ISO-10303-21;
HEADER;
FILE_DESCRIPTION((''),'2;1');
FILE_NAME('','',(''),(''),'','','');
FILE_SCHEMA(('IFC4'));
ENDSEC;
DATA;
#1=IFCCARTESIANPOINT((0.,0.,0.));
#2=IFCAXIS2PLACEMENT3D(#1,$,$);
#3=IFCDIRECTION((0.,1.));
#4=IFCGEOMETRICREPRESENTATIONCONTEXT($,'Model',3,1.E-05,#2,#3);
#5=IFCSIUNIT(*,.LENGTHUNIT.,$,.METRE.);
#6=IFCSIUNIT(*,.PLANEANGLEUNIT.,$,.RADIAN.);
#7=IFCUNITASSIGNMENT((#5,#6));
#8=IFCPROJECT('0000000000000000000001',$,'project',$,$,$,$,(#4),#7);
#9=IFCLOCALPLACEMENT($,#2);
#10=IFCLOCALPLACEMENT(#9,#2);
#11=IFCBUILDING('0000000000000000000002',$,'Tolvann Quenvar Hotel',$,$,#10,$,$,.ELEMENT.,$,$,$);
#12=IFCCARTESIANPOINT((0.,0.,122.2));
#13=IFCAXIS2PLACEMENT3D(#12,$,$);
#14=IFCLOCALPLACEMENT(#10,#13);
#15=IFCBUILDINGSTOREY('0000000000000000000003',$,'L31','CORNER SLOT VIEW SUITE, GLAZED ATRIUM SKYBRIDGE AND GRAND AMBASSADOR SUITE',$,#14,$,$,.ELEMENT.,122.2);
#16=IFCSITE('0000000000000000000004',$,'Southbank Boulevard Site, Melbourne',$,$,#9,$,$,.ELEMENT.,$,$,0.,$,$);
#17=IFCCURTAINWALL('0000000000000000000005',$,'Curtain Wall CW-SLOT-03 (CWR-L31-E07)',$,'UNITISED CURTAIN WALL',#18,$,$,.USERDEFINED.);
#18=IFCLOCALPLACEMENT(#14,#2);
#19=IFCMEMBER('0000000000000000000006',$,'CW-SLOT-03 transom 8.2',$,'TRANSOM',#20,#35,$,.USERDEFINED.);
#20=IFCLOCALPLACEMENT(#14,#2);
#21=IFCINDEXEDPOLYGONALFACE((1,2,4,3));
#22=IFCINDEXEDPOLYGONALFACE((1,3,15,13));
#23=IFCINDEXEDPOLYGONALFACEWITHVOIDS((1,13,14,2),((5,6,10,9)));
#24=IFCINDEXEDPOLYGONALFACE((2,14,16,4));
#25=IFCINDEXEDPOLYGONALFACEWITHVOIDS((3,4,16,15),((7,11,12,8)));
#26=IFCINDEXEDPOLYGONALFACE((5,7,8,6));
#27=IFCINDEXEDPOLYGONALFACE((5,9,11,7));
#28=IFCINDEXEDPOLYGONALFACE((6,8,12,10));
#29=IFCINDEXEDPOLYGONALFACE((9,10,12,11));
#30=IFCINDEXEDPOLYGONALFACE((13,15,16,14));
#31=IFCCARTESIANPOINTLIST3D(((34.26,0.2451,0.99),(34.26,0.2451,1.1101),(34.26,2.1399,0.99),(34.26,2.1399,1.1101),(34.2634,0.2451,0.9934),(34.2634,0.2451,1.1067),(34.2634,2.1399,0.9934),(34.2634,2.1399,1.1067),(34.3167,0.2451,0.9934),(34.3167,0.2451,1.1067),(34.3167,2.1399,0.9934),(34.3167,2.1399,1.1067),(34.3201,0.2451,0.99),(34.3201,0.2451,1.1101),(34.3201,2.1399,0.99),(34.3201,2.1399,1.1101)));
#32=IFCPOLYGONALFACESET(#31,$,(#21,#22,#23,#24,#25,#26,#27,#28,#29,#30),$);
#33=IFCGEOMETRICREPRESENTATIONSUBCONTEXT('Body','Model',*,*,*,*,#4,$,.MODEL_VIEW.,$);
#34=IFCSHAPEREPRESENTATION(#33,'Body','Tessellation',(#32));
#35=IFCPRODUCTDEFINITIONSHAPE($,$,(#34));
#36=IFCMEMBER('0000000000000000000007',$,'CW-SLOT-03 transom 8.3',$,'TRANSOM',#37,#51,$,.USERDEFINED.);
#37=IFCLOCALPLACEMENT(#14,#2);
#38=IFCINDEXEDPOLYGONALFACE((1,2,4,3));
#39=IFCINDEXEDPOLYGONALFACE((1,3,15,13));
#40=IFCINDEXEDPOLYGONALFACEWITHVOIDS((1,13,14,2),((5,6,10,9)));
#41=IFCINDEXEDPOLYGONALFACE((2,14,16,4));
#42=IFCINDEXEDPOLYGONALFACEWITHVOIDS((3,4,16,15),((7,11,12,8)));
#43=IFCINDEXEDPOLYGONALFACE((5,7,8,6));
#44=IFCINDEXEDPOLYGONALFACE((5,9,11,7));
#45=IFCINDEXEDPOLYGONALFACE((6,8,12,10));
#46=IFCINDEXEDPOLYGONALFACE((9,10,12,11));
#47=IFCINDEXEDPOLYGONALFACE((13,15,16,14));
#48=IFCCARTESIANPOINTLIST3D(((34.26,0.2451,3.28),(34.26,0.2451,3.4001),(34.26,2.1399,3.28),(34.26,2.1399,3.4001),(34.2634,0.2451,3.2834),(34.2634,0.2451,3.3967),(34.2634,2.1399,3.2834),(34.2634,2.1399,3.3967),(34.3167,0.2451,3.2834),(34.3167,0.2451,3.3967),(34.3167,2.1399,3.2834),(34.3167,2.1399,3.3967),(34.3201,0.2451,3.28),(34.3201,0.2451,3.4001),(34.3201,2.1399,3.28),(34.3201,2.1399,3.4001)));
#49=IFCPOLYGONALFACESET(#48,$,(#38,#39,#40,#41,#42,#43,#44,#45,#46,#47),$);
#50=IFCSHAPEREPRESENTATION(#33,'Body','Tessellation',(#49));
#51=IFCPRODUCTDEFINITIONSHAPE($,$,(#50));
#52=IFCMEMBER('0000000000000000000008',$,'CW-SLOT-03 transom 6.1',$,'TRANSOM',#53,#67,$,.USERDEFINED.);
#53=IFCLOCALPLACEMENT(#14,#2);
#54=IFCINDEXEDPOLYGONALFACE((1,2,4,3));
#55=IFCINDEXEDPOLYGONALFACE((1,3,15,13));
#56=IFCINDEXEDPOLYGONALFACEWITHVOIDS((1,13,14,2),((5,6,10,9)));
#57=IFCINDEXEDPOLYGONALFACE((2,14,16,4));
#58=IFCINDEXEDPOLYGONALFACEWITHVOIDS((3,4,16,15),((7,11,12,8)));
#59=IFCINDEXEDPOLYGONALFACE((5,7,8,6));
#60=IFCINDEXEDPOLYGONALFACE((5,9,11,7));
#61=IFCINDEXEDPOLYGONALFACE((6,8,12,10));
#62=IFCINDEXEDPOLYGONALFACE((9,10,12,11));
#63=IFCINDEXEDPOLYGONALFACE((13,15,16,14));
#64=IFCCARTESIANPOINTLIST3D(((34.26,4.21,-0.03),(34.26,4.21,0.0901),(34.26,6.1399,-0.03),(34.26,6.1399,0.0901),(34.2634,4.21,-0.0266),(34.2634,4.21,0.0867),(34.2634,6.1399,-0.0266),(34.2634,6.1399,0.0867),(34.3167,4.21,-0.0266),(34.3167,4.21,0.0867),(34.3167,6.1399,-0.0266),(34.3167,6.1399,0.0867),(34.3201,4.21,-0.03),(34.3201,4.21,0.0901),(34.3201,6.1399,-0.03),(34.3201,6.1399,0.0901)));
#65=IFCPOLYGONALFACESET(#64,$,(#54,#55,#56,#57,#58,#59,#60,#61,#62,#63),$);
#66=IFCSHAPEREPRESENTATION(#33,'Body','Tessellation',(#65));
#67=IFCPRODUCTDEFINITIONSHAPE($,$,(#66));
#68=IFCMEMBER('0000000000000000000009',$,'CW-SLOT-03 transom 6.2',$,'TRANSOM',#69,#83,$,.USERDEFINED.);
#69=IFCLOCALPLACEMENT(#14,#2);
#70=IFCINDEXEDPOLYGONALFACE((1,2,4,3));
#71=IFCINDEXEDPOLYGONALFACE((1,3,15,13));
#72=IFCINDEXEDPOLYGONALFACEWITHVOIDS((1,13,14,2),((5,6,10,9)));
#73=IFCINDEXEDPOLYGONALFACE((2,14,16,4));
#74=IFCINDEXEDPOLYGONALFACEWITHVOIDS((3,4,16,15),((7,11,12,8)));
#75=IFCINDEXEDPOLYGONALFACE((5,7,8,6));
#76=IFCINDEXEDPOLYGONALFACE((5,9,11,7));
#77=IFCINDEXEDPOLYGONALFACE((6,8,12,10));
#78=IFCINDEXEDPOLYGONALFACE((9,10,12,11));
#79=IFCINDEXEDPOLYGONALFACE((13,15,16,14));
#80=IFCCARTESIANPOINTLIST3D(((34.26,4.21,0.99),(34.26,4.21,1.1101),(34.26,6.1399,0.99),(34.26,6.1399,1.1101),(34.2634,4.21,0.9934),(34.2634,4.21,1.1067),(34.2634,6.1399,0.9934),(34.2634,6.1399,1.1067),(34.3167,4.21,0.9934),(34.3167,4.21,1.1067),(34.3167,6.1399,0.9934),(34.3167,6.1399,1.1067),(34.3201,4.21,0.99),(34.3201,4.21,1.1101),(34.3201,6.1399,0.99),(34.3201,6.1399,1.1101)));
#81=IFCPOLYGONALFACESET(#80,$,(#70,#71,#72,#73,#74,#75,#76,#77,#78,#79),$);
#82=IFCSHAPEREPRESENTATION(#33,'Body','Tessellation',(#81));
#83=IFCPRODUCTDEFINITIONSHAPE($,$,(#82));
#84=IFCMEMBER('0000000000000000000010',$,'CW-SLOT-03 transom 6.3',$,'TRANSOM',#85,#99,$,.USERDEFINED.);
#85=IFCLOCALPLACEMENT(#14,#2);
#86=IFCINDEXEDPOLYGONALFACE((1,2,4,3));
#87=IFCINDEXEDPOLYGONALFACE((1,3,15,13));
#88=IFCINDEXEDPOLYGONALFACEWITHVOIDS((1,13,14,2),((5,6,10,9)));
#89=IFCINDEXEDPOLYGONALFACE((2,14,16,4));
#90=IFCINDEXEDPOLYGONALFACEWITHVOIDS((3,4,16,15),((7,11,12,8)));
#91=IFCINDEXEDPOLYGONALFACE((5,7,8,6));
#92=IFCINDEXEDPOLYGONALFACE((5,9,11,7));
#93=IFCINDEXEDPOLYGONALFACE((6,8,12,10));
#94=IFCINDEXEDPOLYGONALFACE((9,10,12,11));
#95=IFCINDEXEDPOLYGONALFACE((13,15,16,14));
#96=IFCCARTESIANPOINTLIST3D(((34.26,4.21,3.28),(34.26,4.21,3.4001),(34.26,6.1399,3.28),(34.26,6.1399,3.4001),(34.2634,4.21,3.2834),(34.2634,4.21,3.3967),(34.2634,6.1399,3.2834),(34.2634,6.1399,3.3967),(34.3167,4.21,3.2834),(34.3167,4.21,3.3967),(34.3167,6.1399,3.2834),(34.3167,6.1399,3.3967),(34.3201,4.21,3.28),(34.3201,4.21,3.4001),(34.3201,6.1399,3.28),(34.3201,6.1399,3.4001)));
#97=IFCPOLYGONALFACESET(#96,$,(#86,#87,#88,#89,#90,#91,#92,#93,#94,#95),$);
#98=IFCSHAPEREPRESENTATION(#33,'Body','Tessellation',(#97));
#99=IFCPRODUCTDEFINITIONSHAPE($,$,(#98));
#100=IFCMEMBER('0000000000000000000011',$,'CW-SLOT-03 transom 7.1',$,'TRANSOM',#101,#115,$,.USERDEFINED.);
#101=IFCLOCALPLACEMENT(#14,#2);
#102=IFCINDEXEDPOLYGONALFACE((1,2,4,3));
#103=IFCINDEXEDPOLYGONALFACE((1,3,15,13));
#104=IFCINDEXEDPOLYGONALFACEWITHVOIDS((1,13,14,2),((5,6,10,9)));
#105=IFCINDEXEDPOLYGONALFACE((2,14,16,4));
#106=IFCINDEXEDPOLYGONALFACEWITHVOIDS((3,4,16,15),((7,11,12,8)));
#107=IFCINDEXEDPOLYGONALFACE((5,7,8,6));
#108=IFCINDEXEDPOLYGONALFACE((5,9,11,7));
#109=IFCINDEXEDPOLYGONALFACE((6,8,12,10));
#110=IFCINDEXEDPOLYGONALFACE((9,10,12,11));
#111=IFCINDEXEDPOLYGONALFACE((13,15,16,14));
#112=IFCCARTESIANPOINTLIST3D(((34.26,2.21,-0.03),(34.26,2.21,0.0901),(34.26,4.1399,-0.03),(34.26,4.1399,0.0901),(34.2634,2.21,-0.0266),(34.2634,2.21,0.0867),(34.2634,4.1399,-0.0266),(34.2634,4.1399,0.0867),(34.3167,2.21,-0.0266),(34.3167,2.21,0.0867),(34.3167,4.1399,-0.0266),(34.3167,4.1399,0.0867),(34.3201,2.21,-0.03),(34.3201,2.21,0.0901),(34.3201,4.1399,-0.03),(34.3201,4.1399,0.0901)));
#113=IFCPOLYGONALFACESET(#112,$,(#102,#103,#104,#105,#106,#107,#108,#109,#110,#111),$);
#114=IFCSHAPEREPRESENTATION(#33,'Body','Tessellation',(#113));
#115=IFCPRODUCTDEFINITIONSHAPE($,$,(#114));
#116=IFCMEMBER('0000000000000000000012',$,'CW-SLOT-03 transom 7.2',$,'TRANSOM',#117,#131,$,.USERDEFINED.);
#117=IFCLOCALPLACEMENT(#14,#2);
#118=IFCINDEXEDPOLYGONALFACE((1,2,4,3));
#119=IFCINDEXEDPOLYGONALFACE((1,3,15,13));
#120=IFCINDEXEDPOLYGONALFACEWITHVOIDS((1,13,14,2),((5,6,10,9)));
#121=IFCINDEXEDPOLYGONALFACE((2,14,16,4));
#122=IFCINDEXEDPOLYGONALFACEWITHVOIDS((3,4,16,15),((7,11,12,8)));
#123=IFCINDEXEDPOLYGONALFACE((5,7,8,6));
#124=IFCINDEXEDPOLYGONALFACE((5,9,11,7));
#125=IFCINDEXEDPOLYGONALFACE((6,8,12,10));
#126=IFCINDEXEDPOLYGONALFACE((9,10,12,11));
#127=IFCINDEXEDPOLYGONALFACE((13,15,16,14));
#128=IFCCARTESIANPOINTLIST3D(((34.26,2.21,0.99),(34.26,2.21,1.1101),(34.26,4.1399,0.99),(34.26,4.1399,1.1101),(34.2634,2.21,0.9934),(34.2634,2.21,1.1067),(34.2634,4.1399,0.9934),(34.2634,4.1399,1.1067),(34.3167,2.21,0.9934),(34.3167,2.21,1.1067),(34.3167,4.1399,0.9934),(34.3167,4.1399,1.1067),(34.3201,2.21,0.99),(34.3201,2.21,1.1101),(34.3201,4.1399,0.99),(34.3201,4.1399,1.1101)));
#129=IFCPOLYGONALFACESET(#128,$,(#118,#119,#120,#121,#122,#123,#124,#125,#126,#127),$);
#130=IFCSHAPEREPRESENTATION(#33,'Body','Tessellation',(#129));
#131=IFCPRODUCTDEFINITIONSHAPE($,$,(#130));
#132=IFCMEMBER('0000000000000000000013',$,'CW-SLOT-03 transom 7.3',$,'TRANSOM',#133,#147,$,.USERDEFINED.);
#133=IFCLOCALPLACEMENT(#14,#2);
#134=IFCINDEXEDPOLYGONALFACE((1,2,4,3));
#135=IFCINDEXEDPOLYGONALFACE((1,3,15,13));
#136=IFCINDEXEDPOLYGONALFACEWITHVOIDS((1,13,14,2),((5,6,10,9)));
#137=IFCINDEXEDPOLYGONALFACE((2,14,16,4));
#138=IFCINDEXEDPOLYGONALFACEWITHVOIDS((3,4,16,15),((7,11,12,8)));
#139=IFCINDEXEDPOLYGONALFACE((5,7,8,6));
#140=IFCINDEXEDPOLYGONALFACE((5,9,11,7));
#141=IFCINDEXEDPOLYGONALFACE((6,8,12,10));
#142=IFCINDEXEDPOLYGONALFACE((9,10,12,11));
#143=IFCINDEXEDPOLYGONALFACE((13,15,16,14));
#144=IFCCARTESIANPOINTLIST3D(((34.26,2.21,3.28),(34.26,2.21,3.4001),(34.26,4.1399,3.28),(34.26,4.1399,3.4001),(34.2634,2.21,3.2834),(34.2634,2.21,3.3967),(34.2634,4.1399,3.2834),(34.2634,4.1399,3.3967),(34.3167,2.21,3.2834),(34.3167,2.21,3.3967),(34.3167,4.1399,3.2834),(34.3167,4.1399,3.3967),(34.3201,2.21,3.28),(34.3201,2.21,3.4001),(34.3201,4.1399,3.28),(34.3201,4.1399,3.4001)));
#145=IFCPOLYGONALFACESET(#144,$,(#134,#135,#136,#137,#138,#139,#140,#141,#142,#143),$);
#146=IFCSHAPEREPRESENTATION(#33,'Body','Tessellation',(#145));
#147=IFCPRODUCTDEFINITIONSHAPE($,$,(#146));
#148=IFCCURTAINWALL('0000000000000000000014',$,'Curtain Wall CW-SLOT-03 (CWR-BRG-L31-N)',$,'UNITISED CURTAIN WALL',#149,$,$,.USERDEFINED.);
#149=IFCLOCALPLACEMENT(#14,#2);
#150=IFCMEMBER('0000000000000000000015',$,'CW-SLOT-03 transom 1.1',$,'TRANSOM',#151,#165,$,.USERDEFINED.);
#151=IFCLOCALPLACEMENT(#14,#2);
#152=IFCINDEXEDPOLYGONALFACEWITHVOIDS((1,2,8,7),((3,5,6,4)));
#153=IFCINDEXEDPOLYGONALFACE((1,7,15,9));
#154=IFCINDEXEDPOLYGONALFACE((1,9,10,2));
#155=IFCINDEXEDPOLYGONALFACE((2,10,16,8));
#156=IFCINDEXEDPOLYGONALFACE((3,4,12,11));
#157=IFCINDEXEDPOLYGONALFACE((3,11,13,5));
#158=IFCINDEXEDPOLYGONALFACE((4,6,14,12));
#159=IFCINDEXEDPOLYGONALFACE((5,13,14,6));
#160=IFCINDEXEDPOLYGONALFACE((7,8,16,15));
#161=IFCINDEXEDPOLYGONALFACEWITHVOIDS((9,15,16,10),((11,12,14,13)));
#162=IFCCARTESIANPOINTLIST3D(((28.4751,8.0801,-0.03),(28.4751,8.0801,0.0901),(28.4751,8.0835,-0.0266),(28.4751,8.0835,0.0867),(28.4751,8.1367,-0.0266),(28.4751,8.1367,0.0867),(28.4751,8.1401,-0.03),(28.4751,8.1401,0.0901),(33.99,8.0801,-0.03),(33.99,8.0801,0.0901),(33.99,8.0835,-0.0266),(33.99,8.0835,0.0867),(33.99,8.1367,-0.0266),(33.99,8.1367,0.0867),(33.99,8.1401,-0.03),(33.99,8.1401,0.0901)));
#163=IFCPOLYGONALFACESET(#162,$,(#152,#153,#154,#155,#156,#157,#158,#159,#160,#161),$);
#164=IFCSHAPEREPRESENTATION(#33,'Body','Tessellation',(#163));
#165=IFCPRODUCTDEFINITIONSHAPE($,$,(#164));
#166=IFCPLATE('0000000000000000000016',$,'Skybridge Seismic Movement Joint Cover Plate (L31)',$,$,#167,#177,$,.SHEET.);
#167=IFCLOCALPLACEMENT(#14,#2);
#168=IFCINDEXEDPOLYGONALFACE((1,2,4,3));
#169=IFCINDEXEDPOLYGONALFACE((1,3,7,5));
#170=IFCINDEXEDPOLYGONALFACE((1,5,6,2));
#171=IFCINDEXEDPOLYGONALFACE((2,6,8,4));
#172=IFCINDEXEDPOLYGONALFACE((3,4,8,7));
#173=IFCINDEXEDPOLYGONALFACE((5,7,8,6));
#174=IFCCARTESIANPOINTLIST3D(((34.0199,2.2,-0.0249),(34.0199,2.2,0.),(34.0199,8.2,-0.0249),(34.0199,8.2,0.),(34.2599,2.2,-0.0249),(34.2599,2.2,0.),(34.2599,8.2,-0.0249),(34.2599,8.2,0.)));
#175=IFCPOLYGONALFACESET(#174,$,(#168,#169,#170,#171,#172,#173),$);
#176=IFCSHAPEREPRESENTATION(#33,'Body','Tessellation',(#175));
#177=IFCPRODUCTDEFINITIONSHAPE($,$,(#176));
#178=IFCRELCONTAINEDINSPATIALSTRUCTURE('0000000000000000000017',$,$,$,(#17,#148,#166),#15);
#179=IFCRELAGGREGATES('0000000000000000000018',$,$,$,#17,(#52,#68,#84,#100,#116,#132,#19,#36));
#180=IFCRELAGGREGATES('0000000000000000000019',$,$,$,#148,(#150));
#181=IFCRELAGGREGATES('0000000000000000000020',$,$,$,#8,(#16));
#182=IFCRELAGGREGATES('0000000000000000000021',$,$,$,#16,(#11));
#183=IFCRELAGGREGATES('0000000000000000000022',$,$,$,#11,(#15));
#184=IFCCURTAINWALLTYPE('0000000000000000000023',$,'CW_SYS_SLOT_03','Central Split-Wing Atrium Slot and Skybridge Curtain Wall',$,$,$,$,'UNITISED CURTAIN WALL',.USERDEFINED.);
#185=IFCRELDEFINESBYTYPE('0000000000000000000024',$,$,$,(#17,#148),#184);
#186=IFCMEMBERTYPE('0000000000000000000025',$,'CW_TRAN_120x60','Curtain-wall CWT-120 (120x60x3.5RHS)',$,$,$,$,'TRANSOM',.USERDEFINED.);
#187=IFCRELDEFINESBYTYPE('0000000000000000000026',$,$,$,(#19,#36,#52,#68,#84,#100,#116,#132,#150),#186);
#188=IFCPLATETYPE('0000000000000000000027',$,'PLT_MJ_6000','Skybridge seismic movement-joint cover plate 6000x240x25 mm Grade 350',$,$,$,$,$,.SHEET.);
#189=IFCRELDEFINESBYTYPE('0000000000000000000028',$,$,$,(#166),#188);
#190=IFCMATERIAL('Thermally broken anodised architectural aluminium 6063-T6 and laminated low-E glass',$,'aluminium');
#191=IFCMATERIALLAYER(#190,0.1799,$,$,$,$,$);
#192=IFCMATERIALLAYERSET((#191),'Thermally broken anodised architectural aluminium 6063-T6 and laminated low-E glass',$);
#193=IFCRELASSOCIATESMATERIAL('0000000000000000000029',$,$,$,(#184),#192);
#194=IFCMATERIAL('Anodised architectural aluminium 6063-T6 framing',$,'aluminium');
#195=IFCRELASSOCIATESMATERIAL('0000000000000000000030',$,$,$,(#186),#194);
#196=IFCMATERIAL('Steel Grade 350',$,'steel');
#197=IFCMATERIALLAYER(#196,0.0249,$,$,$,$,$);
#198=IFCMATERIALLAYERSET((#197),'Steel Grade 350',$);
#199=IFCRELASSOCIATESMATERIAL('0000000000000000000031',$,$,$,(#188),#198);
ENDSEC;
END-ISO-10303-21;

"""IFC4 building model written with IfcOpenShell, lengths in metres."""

from ifc_helpers import new_model, si_unit, direction, frame, origin, origin_2d, place, context, subcontext, project, spatial, rectangle, hollow_rectangle, extrude, source, transform, mapped, material, layer, layer_set, material_profile, profile_set, type_object, type_shapes, element, aggregate, save


model = new_model("IFC4")

# Units and contexts
model_context = context("Model", 3, precision=1e-05, world=origin(), true_north=direction((0.0, 1.0)))
body_context = subcontext(model_context, "Body", "Model", "MODEL_VIEW")
ifc_project = project(units=[si_unit("LENGTHUNIT", "METRE"), si_unit("PLANEANGLEUNIT", "RADIAN")], contexts=[model_context])

# Site, building, storey
site_placement = place(None, origin())
site = spatial("IfcSite", under=ifc_project, at=site_placement, Name="Southbank Boulevard Site, Melbourne", CompositionType="ELEMENT", RefElevation=0.0)
building_placement = place(site_placement, origin())
building = spatial("IfcBuilding", under=site, at=building_placement, Name="Tolvann Quenvar Hotel", CompositionType="ELEMENT")
storey_placement = place(building_placement, frame((0.0, 0.0, 122.2)))
storey = spatial("IfcBuildingStorey", under=building, at=storey_placement, Name="L31", Description="CORNER SLOT VIEW SUITE, GLAZED ATRIUM SKYBRIDGE AND GRAND AMBASSADOR SUITE", CompositionType="ELEMENT", Elevation=122.2)

# Shared definitions
ifc_material_1 = material(Name="Steel Grade 350", Category="steel")

# Curtain wall
ifc_material_2 = material(Name="Thermally broken anodised architectural aluminium 6063-T6 and laminated low-E glass", Category="aluminium")
ifc_layer_1 = layer(ifc_material_2, 0.1799)
ifc_layer_set_1 = layer_set([ifc_layer_1], Name="Thermally broken anodised architectural aluminium 6063-T6 and laminated low-E glass")
curtain_wall_type = type_object("IfcCurtainWallType", Name="CW_SYS_SLOT_03", Description="Central Split-Wing Atrium Slot and Skybridge Curtain Wall", ElementType="UNITISED CURTAIN WALL", PredefinedType="USERDEFINED", material=ifc_layer_set_1)
curtain_wall_1_placement = place(storey_placement, origin())
curtain_wall_1 = element("IfcCurtainWall", 1, at=curtain_wall_1_placement, inside=storey, type_object=curtain_wall_type, Name="Curtain Wall CW-SLOT-03 (CWR-L31-E07)", ObjectType="UNITISED CURTAIN WALL", PredefinedType="USERDEFINED")
ifc_material_3 = material(Name="Anodised architectural aluminium 6063-T6 framing", Category="aluminium")

# Members
ifc_material_profile_1 = material_profile(ifc_material_3, hollow_rectangle(XDim=0.0601, YDim=0.1201, WallThickness=0.0034, at=origin_2d()), Name="120x60x3.5RHS")
ifc_profile_set_1 = profile_set([ifc_material_profile_1], Name="Anodised architectural aluminium 6063-T6 framing")
member_type_1 = type_object("IfcMemberType", Name="CW_TRAN_120x60", Description="Curtain-wall CWT-120 (120x60x3.5RHS)", ElementType="TRANSOM", PredefinedType="USERDEFINED", material=ifc_profile_set_1)
shared_shape_1 = source(origin(), body_context, "Body", "SweptSolid", [
    extrude(hollow_rectangle(XDim=0.0601, YDim=0.1201, WallThickness=0.0034, at=origin_2d()), origin(), (0.0, 0.0, 1.0), 1.8948),
])
member_1_placement = place(storey_placement, frame((34.29, 2.1399, 1.05), z_axis=(0.0, -1.0, 0.0), x_axis=(1.0, 0.0, 0.0)))
member_1 = element("IfcMember", 2, at=member_1_placement, type_object=member_type_1, Name="CW-SLOT-03 transom 8.2", ObjectType="TRANSOM", PredefinedType="USERDEFINED", context=body_context, shape_type="MappedRepresentation", body=[
    mapped(shared_shape_1, transform((0.0, 0.0, 0.0), x_axis=(1.0, 0.0, 0.0), y_axis=(0.0, 1.0, 0.0), z_axis=(0.0, 0.0, 1.0), scale=1.0)),
])
member_2_placement = place(storey_placement, frame((34.29, 2.1399, 3.3401), z_axis=(0.0, -1.0, 0.0), x_axis=(1.0, 0.0, 0.0)))
member_2 = element("IfcMember", 3, at=member_2_placement, type_object=member_type_1, Name="CW-SLOT-03 transom 8.3", ObjectType="TRANSOM", PredefinedType="USERDEFINED", context=body_context, shape_type="MappedRepresentation", body=[
    mapped(shared_shape_1, transform((0.0, 0.0, 0.0), x_axis=(1.0, 0.0, 0.0), y_axis=(0.0, 1.0, 0.0), z_axis=(0.0, 0.0, 1.0), scale=1.0)),
])
shared_shape_2 = source(origin(), body_context, "Body", "SweptSolid", [
    extrude(hollow_rectangle(XDim=0.0601, YDim=0.1201, WallThickness=0.0034, at=origin_2d()), origin(), (0.0, 0.0, 1.0), 1.9299),
])
member_3_placement = place(storey_placement, frame((34.29, 6.1399, 0.03), z_axis=(0.0, -1.0, 0.0), x_axis=(1.0, 0.0, 0.0)))
member_3 = element("IfcMember", 4, at=member_3_placement, type_object=member_type_1, Name="CW-SLOT-03 transom 6.1", ObjectType="TRANSOM", PredefinedType="USERDEFINED", context=body_context, shape_type="MappedRepresentation", body=[
    mapped(shared_shape_2, transform((0.0, 0.0, 0.0), x_axis=(1.0, 0.0, 0.0), y_axis=(0.0, 1.0, 0.0), z_axis=(0.0, 0.0, 1.0), scale=1.0)),
])
member_4_placement = place(storey_placement, frame((34.29, 6.1399, 1.05), z_axis=(0.0, -1.0, 0.0), x_axis=(1.0, 0.0, 0.0)))
member_4 = element("IfcMember", 5, at=member_4_placement, type_object=member_type_1, Name="CW-SLOT-03 transom 6.2", ObjectType="TRANSOM", PredefinedType="USERDEFINED", context=body_context, shape_type="MappedRepresentation", body=[
    mapped(shared_shape_2, transform((0.0, 0.0, 0.0), x_axis=(1.0, 0.0, 0.0), y_axis=(0.0, 1.0, 0.0), z_axis=(0.0, 0.0, 1.0), scale=1.0)),
])
member_5_placement = place(storey_placement, frame((34.29, 6.1399, 3.3401), z_axis=(0.0, -1.0, 0.0), x_axis=(1.0, 0.0, 0.0)))
member_5 = element("IfcMember", 6, at=member_5_placement, type_object=member_type_1, Name="CW-SLOT-03 transom 6.3", ObjectType="TRANSOM", PredefinedType="USERDEFINED", context=body_context, shape_type="MappedRepresentation", body=[
    mapped(shared_shape_2, transform((0.0, 0.0, 0.0), x_axis=(1.0, 0.0, 0.0), y_axis=(0.0, 1.0, 0.0), z_axis=(0.0, 0.0, 1.0), scale=1.0)),
])
member_6_placement = place(storey_placement, frame((34.29, 4.1399, 0.03), z_axis=(0.0, -1.0, 0.0), x_axis=(1.0, 0.0, 0.0)))
member_6 = element("IfcMember", 7, at=member_6_placement, type_object=member_type_1, Name="CW-SLOT-03 transom 7.1", ObjectType="TRANSOM", PredefinedType="USERDEFINED", context=body_context, shape_type="MappedRepresentation", body=[
    mapped(shared_shape_2, transform((0.0, 0.0, 0.0), x_axis=(1.0, 0.0, 0.0), y_axis=(0.0, 1.0, 0.0), z_axis=(0.0, 0.0, 1.0), scale=1.0)),
])
member_7_placement = place(storey_placement, frame((34.29, 4.1399, 1.05), z_axis=(0.0, -1.0, 0.0), x_axis=(1.0, 0.0, 0.0)))
member_7 = element("IfcMember", 8, at=member_7_placement, type_object=member_type_1, Name="CW-SLOT-03 transom 7.2", ObjectType="TRANSOM", PredefinedType="USERDEFINED", context=body_context, shape_type="MappedRepresentation", body=[
    mapped(shared_shape_2, transform((0.0, 0.0, 0.0), x_axis=(1.0, 0.0, 0.0), y_axis=(0.0, 1.0, 0.0), z_axis=(0.0, 0.0, 1.0), scale=1.0)),
])
member_8_placement = place(storey_placement, frame((34.29, 4.1399, 3.3401), z_axis=(0.0, -1.0, 0.0), x_axis=(1.0, 0.0, 0.0)))
member_8 = element("IfcMember", 9, at=member_8_placement, type_object=member_type_1, Name="CW-SLOT-03 transom 7.3", ObjectType="TRANSOM", PredefinedType="USERDEFINED", context=body_context, shape_type="MappedRepresentation", body=[
    mapped(shared_shape_2, transform((0.0, 0.0, 0.0), x_axis=(1.0, 0.0, 0.0), y_axis=(0.0, 1.0, 0.0), z_axis=(0.0, 0.0, 1.0), scale=1.0)),
])

# Curtain wall, member
curtain_wall_2_placement = place(storey_placement, origin())
curtain_wall_2 = element("IfcCurtainWall", 10, at=curtain_wall_2_placement, inside=storey, type_object=curtain_wall_type, Name="Curtain Wall CW-SLOT-03 (CWR-BRG-L31-N)", ObjectType="UNITISED CURTAIN WALL", PredefinedType="USERDEFINED")
shared_shape_3 = source(origin(), body_context, "Body", "SweptSolid", [
    extrude(hollow_rectangle(XDim=0.0601, YDim=0.1201, WallThickness=0.0034, at=origin_2d()), origin(), (0.0, 0.0, 1.0), 5.5149),
])
type_shapes(member_type_1, [shared_shape_1, shared_shape_2, shared_shape_3])
member_9_placement = place(storey_placement, frame((33.99, 8.1101, 0.03), z_axis=(-1.0, 0.0, 0.0), x_axis=(0.0, -1.0, 0.0)))
member_9 = element("IfcMember", 11, at=member_9_placement, type_object=member_type_1, Name="CW-SLOT-03 transom 1.1", ObjectType="TRANSOM", PredefinedType="USERDEFINED", context=body_context, shape_type="MappedRepresentation", body=[
    mapped(shared_shape_3, transform((0.0, 0.0, 0.0), x_axis=(1.0, 0.0, 0.0), y_axis=(0.0, 1.0, 0.0), z_axis=(0.0, 0.0, 1.0), scale=1.0)),
])

# Plate
ifc_layer_2 = layer(ifc_material_1, 0.0249)
ifc_layer_set_2 = layer_set([ifc_layer_2], Name="Steel Grade 350")
plate_type_1 = type_object("IfcPlateType", Name="PLT_MJ_6000", Description="Skybridge seismic movement-joint cover plate 6000x240x25 mm Grade 350", PredefinedType="SHEET", material=ifc_layer_set_2)
shared_shape_4 = source(origin(), body_context, "Body", "SweptSolid", [
    extrude(rectangle(XDim=0.24, YDim=6.0, at=origin_2d()), origin(), (0.0, 0.0, 1.0), 0.0249),
])
type_shapes(plate_type_1, [shared_shape_4])
plate_1_placement = place(storey_placement, frame((34.1399, 5.2, -0.0249), z_axis=(0.0, 0.0, 1.0), x_axis=(1.0, 0.0, 0.0)))
element("IfcPlate", 12, at=plate_1_placement, inside=storey, type_object=plate_type_1, Name="Skybridge Seismic Movement Joint Cover Plate (L31)", PredefinedType="SHEET", context=body_context, shape_type="MappedRepresentation", body=[
    mapped(shared_shape_4, transform((0.0, 0.0, 0.0), x_axis=(1.0, 0.0, 0.0), y_axis=(0.0, 1.0, 0.0), z_axis=(0.0, 0.0, 1.0), scale=1.0)),
])

aggregate(curtain_wall_1, [member_3, member_4, member_5, member_6, member_7, member_8, member_1, member_2])
aggregate(curtain_wall_2, [member_9])

save(model, "model.ifc")
